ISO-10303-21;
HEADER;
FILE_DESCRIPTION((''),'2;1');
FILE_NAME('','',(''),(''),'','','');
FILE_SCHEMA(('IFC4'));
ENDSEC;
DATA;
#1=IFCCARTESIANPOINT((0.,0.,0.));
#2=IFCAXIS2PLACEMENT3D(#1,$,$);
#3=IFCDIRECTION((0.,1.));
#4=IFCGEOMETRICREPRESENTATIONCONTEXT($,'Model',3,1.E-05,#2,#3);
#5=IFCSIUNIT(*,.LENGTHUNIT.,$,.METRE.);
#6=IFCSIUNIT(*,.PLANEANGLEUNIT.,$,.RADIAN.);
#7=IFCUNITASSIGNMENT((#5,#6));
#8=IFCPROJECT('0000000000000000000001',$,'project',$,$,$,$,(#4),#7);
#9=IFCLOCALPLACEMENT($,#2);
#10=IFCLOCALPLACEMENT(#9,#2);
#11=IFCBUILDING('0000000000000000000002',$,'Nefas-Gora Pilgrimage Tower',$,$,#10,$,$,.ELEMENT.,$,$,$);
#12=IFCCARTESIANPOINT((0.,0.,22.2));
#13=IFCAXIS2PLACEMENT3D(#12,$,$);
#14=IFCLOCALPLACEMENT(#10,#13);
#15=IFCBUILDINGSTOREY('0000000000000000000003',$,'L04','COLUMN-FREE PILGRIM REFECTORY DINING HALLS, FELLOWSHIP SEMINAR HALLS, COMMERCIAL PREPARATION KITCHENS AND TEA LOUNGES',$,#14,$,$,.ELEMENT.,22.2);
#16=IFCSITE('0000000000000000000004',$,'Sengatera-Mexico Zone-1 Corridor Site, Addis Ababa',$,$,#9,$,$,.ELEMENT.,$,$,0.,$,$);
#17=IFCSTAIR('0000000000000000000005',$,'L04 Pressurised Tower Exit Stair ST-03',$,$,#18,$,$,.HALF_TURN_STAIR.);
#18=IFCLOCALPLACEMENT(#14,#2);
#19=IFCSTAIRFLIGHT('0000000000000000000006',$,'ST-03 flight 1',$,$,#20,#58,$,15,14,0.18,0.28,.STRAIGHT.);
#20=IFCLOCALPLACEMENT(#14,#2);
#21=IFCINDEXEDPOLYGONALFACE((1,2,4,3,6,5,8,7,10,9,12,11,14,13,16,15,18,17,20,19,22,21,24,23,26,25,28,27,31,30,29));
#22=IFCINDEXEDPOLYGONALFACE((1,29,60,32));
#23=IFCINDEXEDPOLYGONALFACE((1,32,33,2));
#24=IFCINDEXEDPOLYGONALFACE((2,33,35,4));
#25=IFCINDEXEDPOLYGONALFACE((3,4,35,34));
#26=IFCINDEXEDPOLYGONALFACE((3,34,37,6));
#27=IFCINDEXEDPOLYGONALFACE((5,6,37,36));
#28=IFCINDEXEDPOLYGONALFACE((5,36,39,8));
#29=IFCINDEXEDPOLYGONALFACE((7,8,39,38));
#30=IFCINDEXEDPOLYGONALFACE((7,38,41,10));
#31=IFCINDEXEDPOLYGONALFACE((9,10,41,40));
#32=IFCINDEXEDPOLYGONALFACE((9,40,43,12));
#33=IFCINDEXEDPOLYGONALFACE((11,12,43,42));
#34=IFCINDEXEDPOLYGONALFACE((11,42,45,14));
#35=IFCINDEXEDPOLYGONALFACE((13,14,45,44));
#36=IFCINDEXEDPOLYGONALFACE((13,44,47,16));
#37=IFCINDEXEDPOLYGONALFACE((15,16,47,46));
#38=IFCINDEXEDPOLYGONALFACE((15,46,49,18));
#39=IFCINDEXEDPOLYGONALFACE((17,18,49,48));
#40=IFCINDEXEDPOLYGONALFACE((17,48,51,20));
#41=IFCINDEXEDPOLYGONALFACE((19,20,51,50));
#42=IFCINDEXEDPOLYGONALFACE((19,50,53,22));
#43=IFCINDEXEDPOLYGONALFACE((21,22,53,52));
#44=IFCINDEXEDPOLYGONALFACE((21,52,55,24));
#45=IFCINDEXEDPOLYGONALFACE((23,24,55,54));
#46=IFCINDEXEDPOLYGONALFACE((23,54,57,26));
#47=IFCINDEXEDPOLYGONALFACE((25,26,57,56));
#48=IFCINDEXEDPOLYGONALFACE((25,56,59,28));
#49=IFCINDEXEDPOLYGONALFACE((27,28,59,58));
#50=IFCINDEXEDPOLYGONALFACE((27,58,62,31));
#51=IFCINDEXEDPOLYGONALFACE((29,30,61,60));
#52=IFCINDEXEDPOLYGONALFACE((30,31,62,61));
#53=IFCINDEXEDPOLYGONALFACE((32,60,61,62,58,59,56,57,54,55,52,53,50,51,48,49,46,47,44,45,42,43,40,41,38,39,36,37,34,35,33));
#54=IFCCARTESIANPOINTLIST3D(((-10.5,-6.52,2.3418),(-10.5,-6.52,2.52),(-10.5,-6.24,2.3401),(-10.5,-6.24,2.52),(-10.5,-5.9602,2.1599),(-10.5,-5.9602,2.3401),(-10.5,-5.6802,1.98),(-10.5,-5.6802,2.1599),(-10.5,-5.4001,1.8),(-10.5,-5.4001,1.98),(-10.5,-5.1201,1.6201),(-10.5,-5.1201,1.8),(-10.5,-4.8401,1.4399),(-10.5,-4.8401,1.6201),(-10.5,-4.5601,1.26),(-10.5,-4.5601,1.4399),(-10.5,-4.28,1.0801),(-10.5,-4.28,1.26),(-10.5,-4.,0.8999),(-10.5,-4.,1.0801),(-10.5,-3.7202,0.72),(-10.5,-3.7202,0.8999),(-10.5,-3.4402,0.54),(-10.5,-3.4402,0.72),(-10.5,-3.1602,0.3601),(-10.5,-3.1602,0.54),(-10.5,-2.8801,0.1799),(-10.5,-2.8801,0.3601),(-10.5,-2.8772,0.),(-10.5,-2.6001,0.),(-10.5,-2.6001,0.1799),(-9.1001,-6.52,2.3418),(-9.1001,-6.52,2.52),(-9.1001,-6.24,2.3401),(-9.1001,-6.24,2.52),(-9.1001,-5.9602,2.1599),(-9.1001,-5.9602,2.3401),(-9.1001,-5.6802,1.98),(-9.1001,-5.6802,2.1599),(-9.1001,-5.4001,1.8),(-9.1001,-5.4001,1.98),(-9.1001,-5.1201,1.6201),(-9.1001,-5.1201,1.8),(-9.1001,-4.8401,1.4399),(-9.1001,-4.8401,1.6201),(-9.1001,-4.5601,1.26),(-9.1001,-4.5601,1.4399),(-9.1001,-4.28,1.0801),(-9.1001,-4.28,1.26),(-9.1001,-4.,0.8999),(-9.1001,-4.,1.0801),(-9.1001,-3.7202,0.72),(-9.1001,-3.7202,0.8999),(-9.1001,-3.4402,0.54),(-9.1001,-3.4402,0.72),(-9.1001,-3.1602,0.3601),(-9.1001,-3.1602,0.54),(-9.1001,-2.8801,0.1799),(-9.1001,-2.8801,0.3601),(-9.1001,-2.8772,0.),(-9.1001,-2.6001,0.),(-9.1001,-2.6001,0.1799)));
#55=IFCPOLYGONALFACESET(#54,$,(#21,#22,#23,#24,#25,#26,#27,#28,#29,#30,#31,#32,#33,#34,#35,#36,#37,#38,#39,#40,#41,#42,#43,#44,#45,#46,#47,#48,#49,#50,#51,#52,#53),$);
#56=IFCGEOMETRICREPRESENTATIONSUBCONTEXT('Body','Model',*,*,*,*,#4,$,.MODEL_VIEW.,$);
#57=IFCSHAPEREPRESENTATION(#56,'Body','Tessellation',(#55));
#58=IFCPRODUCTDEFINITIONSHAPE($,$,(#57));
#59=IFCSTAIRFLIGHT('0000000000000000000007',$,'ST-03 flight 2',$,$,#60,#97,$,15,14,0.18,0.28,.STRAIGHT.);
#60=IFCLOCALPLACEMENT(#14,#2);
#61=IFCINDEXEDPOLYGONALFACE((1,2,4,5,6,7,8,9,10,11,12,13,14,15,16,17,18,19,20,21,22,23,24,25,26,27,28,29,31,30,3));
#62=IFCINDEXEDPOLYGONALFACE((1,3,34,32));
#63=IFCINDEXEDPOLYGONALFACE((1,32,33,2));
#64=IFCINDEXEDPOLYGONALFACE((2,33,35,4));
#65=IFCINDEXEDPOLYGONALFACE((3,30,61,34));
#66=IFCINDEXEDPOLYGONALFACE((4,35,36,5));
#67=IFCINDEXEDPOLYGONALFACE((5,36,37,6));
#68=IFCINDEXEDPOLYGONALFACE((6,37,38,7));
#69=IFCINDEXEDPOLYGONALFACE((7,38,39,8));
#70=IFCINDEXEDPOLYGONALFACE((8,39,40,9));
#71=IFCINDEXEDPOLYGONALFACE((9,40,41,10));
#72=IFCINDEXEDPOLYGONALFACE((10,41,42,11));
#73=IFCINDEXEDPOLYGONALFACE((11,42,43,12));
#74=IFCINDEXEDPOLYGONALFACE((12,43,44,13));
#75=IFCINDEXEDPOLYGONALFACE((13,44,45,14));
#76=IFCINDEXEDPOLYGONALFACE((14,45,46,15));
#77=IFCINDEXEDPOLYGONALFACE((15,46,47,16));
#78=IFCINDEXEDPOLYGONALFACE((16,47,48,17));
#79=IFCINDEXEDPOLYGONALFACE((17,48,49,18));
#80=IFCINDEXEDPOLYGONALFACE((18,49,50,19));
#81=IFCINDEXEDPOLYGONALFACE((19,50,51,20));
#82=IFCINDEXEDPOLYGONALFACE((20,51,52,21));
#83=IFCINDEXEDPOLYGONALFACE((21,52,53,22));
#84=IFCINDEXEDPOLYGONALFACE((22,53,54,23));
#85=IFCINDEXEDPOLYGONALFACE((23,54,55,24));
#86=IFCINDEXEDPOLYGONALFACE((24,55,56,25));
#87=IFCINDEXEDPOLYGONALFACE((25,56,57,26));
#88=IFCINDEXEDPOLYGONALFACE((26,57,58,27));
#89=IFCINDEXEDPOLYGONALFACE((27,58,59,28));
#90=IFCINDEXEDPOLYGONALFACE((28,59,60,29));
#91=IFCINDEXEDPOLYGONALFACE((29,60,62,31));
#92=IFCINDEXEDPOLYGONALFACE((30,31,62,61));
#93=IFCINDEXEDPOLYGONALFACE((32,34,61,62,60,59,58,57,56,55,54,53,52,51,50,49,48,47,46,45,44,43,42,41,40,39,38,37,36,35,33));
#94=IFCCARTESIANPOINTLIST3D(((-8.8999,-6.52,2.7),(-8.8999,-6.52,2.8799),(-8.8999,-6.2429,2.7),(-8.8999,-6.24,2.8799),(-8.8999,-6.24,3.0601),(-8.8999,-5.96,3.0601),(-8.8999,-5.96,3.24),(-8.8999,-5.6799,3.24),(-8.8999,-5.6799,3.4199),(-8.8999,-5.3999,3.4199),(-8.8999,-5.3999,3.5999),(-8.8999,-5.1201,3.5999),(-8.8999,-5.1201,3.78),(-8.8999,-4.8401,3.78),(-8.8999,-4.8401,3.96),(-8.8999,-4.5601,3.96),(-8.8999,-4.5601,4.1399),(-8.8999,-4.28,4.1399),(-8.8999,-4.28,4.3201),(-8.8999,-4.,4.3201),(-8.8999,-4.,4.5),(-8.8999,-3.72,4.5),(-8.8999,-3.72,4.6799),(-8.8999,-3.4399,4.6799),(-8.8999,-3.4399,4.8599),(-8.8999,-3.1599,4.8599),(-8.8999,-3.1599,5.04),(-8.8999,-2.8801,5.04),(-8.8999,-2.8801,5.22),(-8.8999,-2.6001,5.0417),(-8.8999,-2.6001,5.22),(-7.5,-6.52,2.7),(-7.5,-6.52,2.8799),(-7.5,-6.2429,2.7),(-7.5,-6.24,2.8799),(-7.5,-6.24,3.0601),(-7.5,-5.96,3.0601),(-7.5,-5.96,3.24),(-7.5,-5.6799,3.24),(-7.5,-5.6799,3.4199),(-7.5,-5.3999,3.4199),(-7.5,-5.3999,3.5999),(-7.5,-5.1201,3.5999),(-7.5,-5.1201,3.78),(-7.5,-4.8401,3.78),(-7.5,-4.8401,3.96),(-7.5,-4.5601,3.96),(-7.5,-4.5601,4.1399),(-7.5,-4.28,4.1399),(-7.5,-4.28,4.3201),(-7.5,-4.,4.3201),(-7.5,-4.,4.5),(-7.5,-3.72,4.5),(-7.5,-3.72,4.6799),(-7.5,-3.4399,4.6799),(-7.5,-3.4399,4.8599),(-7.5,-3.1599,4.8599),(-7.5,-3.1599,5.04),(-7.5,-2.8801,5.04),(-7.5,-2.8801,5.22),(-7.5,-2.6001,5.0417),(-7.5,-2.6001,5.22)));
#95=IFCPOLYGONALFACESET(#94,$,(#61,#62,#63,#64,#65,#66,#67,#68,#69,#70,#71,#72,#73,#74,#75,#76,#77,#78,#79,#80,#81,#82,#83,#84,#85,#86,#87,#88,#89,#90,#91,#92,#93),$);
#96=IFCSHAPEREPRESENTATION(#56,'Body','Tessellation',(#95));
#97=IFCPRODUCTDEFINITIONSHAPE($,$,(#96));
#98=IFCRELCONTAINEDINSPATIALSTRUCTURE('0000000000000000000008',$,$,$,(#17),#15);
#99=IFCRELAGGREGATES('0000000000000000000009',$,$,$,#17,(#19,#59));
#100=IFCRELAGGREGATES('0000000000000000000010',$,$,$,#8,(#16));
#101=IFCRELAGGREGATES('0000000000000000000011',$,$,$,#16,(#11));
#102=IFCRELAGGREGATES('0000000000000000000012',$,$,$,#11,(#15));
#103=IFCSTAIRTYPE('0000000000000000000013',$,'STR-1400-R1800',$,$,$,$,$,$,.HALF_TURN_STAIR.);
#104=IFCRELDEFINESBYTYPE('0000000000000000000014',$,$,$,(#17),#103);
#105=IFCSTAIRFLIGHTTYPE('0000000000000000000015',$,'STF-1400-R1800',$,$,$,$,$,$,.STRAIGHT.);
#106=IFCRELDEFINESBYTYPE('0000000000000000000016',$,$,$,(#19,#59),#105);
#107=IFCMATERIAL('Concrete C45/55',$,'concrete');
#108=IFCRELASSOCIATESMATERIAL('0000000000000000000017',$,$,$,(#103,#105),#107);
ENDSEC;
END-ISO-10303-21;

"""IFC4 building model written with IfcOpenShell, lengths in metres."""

from ifc_helpers import new_model, si_unit, direction, frame, origin, place, context, subcontext, project, spatial, polyline, outline, extrude, source, transform, mapped, material, type_object, element, aggregate, save


model = new_model("IFC4")

# Units and contexts
model_context = context("Model", 3, precision=1e-05, world=origin(), true_north=direction((0.0, 1.0)))
body_context = subcontext(model_context, "Body", "Model", "MODEL_VIEW")
ifc_project = project(units=[si_unit("LENGTHUNIT", "METRE"), si_unit("PLANEANGLEUNIT", "RADIAN")], contexts=[model_context])

# Site, building, storey
site_placement = place(None, origin())
site = spatial("IfcSite", under=ifc_project, at=site_placement, Name="Sengatera-Mexico Zone-1 Corridor Site, Addis Ababa", CompositionType="ELEMENT", RefElevation=0.0)
building_placement = place(site_placement, origin())
building = spatial("IfcBuilding", under=site, at=building_placement, Name="Nefas-Gora Pilgrimage Tower", CompositionType="ELEMENT")
storey_placement = place(building_placement, frame((0.0, 0.0, 22.2)))
storey = spatial("IfcBuildingStorey", under=building, at=storey_placement, Name="L04", Description="COLUMN-FREE PILGRIM REFECTORY DINING HALLS, FELLOWSHIP SEMINAR HALLS, COMMERCIAL PREPARATION KITCHENS AND TEA LOUNGES", CompositionType="ELEMENT", Elevation=22.2)

# Shared definitions
ifc_material_1 = material(Name="Concrete C45/55", Category="concrete")

# Stair, stair flights
stair_type = type_object("IfcStairType", Name="STR-1400-R1800", PredefinedType="HALF_TURN_STAIR", material=ifc_material_1)
stair_placement = place(storey_placement, origin())
stair = element("IfcStair", 1, at=stair_placement, inside=storey, type_object=stair_type, Name="L04 Pressurised Tower Exit Stair ST-03", PredefinedType="HALF_TURN_STAIR")
stair_flight_type = type_object("IfcStairFlightType", Name="STF-1400-R1800", PredefinedType="STRAIGHT", material=ifc_material_1)
shared_shape_1 = source(origin(), body_context, "Body", "SweptSolid", [
    extrude(outline(polyline([(0.0, 0.0), (0.0, 0.1799), (0.28, 0.1799), (0.28, 0.3601), (0.5601, 0.3601), (0.5601, 0.54), (0.8401, 0.54), (0.8401, 0.72), (1.1201, 0.72), (1.1201, 0.8999), (1.3999, 0.8999), (1.3999, 1.0801), (1.6799, 1.0801), (1.6799, 1.26), (1.96, 1.26), (1.96, 1.4399), (2.24, 1.4399), (2.24, 1.6201), (2.52, 1.6201), (2.52, 1.8), (2.8, 1.8), (2.8, 1.98), (3.0801, 1.98), (3.0801, 2.1599), (3.3601, 2.1599), (3.3601, 2.3401), (3.6399, 2.3401), (3.6399, 2.52), (3.9199, 2.52), (3.9199, 2.7), (3.9199, 2.3418), (0.2771, 0.0), (0.0, 0.0)])), frame((0.0, 0.7, 0.0), z_axis=(0.0, -1.0, 0.0), x_axis=(1.0, 0.0, 0.0)), (0.0, 0.0, 1.0), 1.3999),
])
stair_flight_1_placement = place(storey_placement, frame((-9.8, -2.6001, 0.0), z_axis=(0.0, 0.0, 1.0), x_axis=(0.0, -1.0, 0.0)))
stair_flight_1 = element("IfcStairFlight", 2, at=stair_flight_1_placement, type_object=stair_flight_type, Name="ST-03 flight 1", NumberOfRisers=15, NumberOfTreads=14, PredefinedType="STRAIGHT", RiserHeight=0.18, TreadLength=0.28, context=body_context, shape_type="MappedRepresentation", body=[
    mapped(shared_shape_1, transform((0.0, 0.0, 0.0), x_axis=(1.0, 0.0, 0.0), y_axis=(0.0, 1.0, 0.0), z_axis=(0.0, 0.0, 1.0), scale=1.0)),
])
stair_flight_2_placement = place(storey_placement, frame((-8.2, -6.52, 2.7), z_axis=(0.0, 0.0, 1.0), x_axis=(0.0, 1.0, 0.0)))
stair_flight_2 = element("IfcStairFlight", 3, at=stair_flight_2_placement, type_object=stair_flight_type, Name="ST-03 flight 2", NumberOfRisers=15, NumberOfTreads=14, PredefinedType="STRAIGHT", RiserHeight=0.18, TreadLength=0.28, context=body_context, shape_type="MappedRepresentation", body=[
    mapped(shared_shape_1, transform((0.0, 0.0, 0.0), x_axis=(1.0, 0.0, 0.0), y_axis=(0.0, 1.0, 0.0), z_axis=(0.0, 0.0, 1.0), scale=1.0)),
])
aggregate(stair, [stair_flight_1, stair_flight_2])

save(model, "model.ifc")
